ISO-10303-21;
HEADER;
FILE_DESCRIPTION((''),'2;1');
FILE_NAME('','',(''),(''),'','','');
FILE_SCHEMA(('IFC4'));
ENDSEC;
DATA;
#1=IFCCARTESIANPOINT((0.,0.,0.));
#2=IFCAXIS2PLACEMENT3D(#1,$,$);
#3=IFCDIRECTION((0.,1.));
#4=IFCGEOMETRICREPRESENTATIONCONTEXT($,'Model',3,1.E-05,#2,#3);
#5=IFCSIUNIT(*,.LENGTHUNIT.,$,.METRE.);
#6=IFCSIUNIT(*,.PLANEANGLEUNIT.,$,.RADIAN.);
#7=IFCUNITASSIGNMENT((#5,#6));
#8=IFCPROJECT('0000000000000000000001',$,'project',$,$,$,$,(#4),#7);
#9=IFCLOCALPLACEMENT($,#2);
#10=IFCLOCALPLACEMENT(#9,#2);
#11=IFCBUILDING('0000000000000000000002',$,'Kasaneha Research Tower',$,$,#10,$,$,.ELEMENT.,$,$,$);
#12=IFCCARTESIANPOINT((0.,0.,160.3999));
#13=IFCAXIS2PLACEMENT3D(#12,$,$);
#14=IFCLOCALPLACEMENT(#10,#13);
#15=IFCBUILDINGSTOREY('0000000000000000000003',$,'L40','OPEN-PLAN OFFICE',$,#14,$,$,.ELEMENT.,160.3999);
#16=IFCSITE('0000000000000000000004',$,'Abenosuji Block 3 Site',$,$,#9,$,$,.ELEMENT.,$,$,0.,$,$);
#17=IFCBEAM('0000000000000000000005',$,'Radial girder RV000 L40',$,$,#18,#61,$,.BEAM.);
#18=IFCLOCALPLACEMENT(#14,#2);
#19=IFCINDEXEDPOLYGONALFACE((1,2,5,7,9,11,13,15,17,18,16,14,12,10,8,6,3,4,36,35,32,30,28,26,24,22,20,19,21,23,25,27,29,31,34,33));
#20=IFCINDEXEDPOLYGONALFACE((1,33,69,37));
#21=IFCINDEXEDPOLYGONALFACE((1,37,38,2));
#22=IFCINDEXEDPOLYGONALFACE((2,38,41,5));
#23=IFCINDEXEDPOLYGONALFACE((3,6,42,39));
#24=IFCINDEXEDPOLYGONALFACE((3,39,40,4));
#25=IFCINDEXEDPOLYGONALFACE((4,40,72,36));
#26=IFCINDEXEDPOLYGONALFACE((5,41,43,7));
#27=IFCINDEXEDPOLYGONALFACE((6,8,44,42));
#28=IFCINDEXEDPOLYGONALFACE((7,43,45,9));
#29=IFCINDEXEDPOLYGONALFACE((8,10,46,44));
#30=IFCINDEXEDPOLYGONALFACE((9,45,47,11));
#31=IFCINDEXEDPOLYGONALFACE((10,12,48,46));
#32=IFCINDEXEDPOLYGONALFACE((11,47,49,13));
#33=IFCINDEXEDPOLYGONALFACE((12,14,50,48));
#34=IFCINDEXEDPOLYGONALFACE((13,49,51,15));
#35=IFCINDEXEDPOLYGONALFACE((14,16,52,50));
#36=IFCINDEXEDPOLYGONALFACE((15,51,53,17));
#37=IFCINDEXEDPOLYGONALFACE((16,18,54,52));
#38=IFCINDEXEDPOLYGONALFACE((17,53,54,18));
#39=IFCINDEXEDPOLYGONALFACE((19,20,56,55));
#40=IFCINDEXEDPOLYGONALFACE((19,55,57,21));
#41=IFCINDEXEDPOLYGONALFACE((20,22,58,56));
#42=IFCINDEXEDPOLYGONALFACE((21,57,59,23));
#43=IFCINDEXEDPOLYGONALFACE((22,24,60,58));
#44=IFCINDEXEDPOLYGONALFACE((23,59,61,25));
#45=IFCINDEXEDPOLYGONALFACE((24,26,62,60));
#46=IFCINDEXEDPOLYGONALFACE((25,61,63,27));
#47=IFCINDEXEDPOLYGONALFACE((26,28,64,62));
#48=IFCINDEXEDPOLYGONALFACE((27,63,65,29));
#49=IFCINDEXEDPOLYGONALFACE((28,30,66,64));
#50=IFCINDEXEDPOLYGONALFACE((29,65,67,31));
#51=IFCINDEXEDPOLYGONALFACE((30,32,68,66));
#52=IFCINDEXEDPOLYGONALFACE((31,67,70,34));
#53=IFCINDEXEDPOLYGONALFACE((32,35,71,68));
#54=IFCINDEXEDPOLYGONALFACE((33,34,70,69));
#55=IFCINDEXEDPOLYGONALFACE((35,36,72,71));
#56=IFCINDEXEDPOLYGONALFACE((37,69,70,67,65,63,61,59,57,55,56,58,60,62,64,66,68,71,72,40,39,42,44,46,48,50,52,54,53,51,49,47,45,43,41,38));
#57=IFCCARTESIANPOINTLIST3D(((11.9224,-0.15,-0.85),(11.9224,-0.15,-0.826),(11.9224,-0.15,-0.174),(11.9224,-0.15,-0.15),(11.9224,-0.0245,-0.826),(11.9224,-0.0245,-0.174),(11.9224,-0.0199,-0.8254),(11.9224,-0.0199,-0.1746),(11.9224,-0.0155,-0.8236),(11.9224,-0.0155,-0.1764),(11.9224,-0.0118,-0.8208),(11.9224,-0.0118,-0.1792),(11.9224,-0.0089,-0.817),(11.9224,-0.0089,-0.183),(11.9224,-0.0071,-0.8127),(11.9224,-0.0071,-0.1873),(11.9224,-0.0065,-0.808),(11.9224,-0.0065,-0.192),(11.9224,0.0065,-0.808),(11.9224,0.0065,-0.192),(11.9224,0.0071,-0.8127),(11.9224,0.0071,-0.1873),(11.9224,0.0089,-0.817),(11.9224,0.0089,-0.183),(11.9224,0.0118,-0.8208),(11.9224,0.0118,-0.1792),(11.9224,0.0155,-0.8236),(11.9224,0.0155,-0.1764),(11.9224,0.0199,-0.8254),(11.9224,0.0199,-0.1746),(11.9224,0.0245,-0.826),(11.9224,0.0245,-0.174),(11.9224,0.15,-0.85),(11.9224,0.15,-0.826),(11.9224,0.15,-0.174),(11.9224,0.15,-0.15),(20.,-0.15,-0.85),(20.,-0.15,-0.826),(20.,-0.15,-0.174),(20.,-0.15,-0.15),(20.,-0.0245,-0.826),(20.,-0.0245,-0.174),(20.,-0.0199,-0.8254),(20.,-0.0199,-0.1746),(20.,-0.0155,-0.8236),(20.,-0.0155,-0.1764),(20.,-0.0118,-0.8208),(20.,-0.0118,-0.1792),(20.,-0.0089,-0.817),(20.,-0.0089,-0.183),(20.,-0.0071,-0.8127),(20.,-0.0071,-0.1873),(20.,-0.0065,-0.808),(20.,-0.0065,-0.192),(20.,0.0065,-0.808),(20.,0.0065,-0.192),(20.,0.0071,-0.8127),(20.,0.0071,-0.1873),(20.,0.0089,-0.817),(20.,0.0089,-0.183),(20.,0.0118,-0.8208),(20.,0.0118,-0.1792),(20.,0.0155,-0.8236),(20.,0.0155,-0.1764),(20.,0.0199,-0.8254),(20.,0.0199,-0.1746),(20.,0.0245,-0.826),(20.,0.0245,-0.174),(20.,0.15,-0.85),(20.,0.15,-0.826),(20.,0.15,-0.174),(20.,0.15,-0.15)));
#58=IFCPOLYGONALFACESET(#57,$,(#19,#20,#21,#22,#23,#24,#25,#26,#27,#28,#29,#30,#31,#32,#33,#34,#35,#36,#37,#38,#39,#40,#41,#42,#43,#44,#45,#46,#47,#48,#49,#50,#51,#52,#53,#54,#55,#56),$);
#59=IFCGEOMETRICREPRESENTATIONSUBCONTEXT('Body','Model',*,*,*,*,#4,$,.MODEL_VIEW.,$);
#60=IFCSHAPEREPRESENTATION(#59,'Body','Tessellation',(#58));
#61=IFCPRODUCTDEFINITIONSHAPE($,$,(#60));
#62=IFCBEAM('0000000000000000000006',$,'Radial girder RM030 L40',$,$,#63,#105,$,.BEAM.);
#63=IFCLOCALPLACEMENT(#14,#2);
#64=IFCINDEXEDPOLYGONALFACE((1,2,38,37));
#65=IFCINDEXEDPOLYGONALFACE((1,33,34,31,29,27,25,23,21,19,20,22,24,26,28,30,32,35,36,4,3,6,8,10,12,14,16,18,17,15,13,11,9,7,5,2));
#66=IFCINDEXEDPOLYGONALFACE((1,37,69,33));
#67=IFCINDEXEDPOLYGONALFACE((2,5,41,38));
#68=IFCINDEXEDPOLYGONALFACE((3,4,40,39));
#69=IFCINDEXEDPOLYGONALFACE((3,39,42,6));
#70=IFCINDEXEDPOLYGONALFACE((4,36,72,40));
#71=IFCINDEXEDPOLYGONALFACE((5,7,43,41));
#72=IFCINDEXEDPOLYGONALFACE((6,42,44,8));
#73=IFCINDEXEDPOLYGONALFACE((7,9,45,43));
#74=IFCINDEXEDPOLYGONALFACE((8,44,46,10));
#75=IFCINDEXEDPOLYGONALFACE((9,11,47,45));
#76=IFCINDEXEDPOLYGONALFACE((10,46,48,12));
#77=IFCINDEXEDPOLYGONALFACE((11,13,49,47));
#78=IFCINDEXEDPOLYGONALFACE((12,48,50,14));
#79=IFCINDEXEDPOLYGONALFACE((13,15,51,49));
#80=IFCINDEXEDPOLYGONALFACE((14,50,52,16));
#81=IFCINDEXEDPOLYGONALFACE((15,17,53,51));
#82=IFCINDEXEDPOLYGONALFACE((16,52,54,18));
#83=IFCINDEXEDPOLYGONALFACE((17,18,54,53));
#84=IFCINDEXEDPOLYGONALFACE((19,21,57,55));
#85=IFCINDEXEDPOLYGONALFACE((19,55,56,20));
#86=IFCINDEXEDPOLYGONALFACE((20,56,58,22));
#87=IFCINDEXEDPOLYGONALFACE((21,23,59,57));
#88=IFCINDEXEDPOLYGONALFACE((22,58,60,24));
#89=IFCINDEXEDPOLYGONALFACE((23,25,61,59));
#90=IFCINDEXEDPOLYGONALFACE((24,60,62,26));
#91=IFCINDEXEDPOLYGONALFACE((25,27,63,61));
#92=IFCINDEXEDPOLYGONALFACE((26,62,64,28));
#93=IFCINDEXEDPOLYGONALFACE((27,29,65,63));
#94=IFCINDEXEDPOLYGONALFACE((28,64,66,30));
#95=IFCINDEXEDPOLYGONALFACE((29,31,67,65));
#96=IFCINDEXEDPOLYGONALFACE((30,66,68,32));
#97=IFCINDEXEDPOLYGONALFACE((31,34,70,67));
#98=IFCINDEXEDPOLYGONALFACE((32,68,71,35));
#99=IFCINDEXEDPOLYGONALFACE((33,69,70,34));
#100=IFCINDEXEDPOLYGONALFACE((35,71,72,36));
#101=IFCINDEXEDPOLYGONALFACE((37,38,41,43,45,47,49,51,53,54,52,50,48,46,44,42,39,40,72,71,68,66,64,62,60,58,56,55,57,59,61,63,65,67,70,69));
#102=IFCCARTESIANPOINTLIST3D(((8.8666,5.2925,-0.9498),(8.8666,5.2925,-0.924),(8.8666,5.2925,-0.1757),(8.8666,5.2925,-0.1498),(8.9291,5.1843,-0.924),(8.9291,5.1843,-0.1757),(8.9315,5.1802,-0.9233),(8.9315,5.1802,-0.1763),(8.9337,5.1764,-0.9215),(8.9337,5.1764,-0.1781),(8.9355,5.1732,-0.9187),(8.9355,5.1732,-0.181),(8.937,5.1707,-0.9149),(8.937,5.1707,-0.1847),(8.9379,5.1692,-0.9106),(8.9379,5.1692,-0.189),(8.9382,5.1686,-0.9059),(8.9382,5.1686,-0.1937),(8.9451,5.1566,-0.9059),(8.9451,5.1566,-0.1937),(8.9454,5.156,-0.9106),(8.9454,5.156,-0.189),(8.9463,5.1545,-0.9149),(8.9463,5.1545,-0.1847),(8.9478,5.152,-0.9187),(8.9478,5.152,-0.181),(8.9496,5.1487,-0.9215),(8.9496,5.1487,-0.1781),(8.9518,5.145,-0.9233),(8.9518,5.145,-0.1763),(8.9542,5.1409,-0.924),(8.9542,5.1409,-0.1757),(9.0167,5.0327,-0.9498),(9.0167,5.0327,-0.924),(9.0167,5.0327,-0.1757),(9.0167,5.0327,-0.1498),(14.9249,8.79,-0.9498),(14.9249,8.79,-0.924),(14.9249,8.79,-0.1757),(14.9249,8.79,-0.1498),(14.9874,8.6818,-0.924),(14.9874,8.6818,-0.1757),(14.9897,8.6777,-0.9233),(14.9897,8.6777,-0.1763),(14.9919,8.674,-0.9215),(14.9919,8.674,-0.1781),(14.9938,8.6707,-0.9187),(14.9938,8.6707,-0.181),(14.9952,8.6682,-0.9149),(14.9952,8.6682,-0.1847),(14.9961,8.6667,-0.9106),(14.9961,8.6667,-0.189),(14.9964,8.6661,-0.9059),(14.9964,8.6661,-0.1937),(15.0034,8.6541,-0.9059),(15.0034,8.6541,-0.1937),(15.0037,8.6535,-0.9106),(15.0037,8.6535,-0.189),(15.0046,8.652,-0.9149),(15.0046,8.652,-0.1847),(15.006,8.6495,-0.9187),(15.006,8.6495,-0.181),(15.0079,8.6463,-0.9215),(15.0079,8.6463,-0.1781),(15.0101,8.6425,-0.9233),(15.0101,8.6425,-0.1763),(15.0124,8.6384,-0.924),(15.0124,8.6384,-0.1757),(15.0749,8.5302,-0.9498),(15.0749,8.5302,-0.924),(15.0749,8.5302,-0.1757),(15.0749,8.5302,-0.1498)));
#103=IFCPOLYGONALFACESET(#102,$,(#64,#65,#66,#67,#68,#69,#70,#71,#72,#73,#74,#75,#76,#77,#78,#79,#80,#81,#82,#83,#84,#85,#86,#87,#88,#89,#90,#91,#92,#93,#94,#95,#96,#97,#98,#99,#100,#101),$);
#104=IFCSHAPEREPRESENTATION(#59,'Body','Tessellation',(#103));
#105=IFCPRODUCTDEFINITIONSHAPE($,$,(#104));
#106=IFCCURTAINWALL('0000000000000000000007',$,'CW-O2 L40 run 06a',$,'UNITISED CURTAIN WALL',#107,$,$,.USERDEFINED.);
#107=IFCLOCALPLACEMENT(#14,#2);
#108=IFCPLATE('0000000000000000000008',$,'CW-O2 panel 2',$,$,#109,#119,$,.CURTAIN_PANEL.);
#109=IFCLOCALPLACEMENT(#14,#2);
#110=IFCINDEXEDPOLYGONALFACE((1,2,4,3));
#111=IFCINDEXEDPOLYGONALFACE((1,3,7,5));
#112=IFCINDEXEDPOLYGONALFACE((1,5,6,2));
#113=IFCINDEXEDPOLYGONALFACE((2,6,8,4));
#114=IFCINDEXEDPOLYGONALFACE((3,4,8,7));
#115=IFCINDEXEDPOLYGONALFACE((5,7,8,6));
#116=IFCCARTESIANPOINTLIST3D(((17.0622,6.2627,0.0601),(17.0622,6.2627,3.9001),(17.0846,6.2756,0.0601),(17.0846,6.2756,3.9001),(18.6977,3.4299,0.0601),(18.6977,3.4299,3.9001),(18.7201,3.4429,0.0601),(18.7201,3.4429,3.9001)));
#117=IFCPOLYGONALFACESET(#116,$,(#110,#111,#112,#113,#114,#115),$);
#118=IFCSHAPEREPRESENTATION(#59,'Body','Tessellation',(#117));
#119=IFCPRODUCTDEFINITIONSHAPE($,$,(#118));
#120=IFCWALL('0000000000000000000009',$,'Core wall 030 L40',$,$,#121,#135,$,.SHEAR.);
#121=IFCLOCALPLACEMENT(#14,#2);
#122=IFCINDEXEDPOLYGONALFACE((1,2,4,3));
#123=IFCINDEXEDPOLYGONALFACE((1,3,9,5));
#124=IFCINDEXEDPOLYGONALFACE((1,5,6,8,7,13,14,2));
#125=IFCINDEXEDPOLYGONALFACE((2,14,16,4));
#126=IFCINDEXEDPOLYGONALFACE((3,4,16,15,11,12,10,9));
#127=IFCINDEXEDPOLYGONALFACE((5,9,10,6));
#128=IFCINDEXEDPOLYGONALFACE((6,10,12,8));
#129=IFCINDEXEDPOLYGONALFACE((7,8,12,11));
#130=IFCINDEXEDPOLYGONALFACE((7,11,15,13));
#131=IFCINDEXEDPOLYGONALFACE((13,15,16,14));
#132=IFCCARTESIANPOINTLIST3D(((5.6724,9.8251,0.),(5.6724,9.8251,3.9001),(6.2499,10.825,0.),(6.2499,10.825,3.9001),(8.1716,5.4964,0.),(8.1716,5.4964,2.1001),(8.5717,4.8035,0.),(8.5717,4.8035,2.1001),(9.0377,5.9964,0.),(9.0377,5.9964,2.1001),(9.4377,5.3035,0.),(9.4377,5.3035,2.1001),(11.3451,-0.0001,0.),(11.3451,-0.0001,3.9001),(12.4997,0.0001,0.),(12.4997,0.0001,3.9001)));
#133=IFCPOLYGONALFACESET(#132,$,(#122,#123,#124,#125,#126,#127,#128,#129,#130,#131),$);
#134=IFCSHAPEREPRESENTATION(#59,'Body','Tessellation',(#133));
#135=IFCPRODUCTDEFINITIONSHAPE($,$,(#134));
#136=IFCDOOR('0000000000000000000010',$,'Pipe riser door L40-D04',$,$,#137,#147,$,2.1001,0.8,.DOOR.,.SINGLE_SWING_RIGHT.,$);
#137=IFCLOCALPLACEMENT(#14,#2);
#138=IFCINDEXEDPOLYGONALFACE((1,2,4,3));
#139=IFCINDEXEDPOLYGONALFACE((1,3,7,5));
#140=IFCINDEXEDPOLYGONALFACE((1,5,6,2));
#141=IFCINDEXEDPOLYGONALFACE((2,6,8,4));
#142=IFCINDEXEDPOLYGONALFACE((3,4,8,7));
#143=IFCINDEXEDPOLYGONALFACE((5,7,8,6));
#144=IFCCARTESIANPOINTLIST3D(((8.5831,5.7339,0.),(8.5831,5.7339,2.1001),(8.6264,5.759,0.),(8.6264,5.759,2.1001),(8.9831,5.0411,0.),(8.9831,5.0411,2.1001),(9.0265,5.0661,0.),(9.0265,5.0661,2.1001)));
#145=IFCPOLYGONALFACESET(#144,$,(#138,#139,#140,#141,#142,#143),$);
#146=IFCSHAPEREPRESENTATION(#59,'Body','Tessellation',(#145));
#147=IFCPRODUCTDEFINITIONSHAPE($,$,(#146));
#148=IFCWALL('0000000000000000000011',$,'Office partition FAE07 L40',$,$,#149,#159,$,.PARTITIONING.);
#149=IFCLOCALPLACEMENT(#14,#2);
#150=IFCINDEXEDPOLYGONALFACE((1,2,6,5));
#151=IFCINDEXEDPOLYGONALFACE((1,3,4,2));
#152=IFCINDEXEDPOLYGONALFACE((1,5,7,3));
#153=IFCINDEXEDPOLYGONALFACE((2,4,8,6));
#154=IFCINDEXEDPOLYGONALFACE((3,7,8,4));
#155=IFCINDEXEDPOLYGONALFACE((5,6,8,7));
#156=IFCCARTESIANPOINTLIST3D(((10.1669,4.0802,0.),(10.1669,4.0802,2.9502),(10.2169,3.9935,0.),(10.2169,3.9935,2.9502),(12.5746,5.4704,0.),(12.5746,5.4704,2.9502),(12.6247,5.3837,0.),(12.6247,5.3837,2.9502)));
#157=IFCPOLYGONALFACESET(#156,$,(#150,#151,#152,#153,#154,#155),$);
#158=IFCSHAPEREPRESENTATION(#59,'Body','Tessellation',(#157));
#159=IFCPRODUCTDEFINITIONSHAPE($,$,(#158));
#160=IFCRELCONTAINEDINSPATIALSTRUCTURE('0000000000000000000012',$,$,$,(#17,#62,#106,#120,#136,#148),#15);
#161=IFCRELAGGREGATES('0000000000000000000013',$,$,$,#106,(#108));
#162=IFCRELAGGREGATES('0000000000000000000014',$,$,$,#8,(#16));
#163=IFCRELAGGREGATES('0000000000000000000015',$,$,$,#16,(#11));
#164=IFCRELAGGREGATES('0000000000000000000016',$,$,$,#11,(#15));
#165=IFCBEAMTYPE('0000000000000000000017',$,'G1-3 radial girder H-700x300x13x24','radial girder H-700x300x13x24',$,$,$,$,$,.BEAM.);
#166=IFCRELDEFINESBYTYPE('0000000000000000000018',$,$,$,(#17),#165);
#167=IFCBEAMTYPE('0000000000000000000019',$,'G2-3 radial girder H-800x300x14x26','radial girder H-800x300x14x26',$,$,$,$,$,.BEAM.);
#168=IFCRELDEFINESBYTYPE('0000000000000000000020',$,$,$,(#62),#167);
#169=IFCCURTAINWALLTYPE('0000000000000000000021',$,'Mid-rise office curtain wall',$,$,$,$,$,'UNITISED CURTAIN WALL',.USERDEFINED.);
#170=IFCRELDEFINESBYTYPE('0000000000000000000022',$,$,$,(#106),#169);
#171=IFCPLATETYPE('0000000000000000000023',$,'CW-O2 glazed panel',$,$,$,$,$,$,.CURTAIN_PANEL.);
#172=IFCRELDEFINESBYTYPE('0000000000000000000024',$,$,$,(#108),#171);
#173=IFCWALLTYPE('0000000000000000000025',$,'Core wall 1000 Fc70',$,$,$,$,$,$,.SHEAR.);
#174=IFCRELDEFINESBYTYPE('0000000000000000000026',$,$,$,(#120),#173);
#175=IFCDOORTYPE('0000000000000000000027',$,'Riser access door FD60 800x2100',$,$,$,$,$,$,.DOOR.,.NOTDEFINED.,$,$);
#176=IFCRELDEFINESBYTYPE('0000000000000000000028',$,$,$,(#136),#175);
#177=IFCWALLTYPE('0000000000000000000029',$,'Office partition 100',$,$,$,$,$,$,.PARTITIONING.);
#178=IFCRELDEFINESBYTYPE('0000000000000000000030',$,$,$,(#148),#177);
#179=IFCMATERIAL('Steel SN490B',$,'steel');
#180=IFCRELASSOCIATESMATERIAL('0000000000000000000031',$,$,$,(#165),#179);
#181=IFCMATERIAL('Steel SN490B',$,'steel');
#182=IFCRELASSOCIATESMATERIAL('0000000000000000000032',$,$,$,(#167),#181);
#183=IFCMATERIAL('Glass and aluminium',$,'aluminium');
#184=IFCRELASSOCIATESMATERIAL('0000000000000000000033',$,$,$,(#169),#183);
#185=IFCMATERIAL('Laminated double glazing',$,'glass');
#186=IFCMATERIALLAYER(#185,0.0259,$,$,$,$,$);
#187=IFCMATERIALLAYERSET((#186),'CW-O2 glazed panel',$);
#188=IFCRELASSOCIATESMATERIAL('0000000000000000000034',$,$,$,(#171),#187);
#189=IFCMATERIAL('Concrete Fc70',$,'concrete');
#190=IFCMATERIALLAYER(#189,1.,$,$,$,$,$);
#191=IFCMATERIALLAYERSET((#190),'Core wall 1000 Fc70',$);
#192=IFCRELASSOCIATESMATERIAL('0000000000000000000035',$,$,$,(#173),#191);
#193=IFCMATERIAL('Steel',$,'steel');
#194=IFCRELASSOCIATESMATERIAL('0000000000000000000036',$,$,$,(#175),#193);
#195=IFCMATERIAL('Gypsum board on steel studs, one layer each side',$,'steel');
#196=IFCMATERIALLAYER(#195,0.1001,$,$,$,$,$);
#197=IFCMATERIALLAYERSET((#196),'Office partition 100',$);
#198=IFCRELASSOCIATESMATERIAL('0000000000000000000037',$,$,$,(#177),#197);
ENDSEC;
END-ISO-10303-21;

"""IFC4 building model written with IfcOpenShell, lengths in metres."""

from ifc_helpers import new_model, si_unit, direction, frame, frame_2d, origin, origin_2d, place, context, subcontext, project, spatial, polyline, rectangle, i_section, outline, extrude, material, layer, layer_set, material_profile, profile_set, type_object, element, fill, aggregate, save


model = new_model("IFC4")

# Units and contexts
model_context = context("Model", 3, precision=1e-05, world=origin(), true_north=direction((0.0, 1.0)))
body_context = subcontext(model_context, "Body", "Model", "MODEL_VIEW")
ifc_project = project(units=[si_unit("LENGTHUNIT", "METRE"), si_unit("PLANEANGLEUNIT", "RADIAN")], contexts=[model_context])

# Site, building, storey
site_placement = place(None, origin())
site = spatial("IfcSite", under=ifc_project, at=site_placement, Name="Abenosuji Block 3 Site", CompositionType="ELEMENT", RefElevation=0.0)
building_placement = place(site_placement, origin())
building = spatial("IfcBuilding", under=site, at=building_placement, Name="Kasaneha Research Tower", CompositionType="ELEMENT")
storey_placement = place(building_placement, frame((0.0, 0.0, 160.3999)))
storey = spatial("IfcBuildingStorey", under=building, at=storey_placement, Name="L40", Description="OPEN-PLAN OFFICE", CompositionType="ELEMENT", Elevation=160.3999)

# Beams
ifc_material_1 = material(Name="Steel SN490B", Category="steel")
ifc_material_profile_1 = material_profile(ifc_material_1, i_section(OverallWidth=0.3, OverallDepth=0.7, WebThickness=0.0129, FlangeThickness=0.0239, FilletRadius=0.0181, at=origin_2d()), Name="H-700x300x13x24")
ifc_profile_set_1 = profile_set([ifc_material_profile_1], Name="Steel SN490B")
beam_type_1 = type_object("IfcBeamType", Name="G1-3 radial girder H-700x300x13x24", Description="radial girder H-700x300x13x24", PredefinedType="BEAM", material=ifc_profile_set_1)
beam_1_placement = place(storey_placement, frame((11.9224, 0.0, -0.5), z_axis=(1.0, 0.0, 0.0), x_axis=(0.0, 1.0, 0.0)))
element("IfcBeam", 1, at=beam_1_placement, inside=storey, type_object=beam_type_1, Name="Radial girder RV000 L40", PredefinedType="BEAM", context=body_context, shape_type="SweptSolid", body=[
    extrude(i_section(OverallWidth=0.3, OverallDepth=0.7, WebThickness=0.0129, FlangeThickness=0.0239, FilletRadius=0.0181, at=origin_2d()), origin(), (0.0, 0.0, 1.0), 8.0776),
])
ifc_material_2 = material(Name="Steel SN490B", Category="steel")
ifc_material_profile_2 = material_profile(ifc_material_2, i_section(OverallWidth=0.3, OverallDepth=0.8, WebThickness=0.0139, FlangeThickness=0.0259, FilletRadius=0.0181, at=origin_2d()), Name="H-800x300x14x26")
ifc_profile_set_2 = profile_set([ifc_material_profile_2], Name="Steel SN490B")
beam_type_2 = type_object("IfcBeamType", Name="G2-3 radial girder H-800x300x14x26", Description="radial girder H-800x300x14x26", PredefinedType="BEAM", material=ifc_profile_set_2)
beam_2_placement = place(storey_placement, frame((8.9417, 5.1626, -0.5498), z_axis=(0.86604, 0.499975, 0.0), x_axis=(-0.499975, 0.86604, 0.0)))
element("IfcBeam", 2, at=beam_2_placement, inside=storey, type_object=beam_type_2, Name="Radial girder RM030 L40", PredefinedType="BEAM", context=body_context, shape_type="SweptSolid", body=[
    extrude(i_section(OverallWidth=0.3, OverallDepth=0.8, WebThickness=0.0139, FlangeThickness=0.0259, FilletRadius=0.0181, at=origin_2d()), origin(), (0.0, 0.0, 1.0), 6.9954),
])

# Curtain wall, plate
ifc_material_3 = material(Name="Glass and aluminium", Category="aluminium")
curtain_wall_type = type_object("IfcCurtainWallType", Name="Mid-rise office curtain wall", ElementType="UNITISED CURTAIN WALL", PredefinedType="USERDEFINED", material=ifc_material_3)
curtain_wall_placement = place(storey_placement, origin())
curtain_wall = element("IfcCurtainWall", 3, at=curtain_wall_placement, inside=storey, type_object=curtain_wall_type, Name="CW-O2 L40 run 06a", ObjectType="UNITISED CURTAIN WALL", PredefinedType="USERDEFINED")
ifc_material_4 = material(Name="Laminated double glazing", Category="glass")
ifc_layer_1 = layer(ifc_material_4, 0.0259)
ifc_layer_set_1 = layer_set([ifc_layer_1], Name="CW-O2 glazed panel")
plate_type = type_object("IfcPlateType", Name="CW-O2 glazed panel", PredefinedType="CURTAIN_PANEL", material=ifc_layer_set_1)
plate_placement = place(storey_placement, frame((17.8911, 4.8528, 0.0601), z_axis=(0.0, 0.0, 1.0), x_axis=(-0.5, 0.866025, 0.0)))
plate = element("IfcPlate", 4, at=plate_placement, type_object=plate_type, Name="CW-O2 panel 2", PredefinedType="CURTAIN_PANEL", context=body_context, shape_type="SweptSolid", body=[
    extrude(rectangle(XDim=3.271, YDim=0.0259, at=origin_2d()), origin(), (0.0, 0.0, 1.0), 3.8401),
])
aggregate(curtain_wall, [plate])

# Wall, opening, door
ifc_material_5 = material(Name="Concrete Fc70", Category="concrete")
ifc_layer_2 = layer(ifc_material_5, 1.0)
ifc_layer_set_2 = layer_set([ifc_layer_2], Name="Core wall 1000 Fc70")
wall_type_1 = type_object("IfcWallType", Name="Core wall 1000 Fc70", PredefinedType="SHEAR", material=ifc_layer_set_2)
wall_1_placement = place(storey_placement, frame((11.9224, 0.0, 0.0), z_axis=(0.0, 0.0, 1.0), x_axis=(-0.500004, 0.866023, 0.0)))
wall_1 = element("IfcWall", 5, at=wall_1_placement, inside=storey, type_object=wall_type_1, Name="Core wall 030 L40", PredefinedType="SHEAR", context=body_context, shape_type="SweptSolid", body=[
    extrude(outline(polyline([(-0.2886, -0.5), (5.8354, -0.5), (6.6355, -0.5), (12.2109, -0.5), (11.6338, 0.5), (6.6355, 0.5), (5.8354, 0.5), (0.2886, 0.5), (-0.2886, -0.5)])), origin(), (0.0, 0.0, 1.0), 3.9001),
])
opening_1_placement = place(wall_1_placement, frame((5.8354, 0.0, 0.0)))
opening_1 = element("IfcOpeningElement", 6, at=opening_1_placement, cuts=wall_1, PredefinedType="OPENING", context=body_context, shape_type="SweptSolid", body=[
    extrude(rectangle(XDim=0.8, YDim=2.1001, at=frame_2d((0.3999, 1.05))), frame((0.0, 0.51, 0.0), z_axis=(0.0, -1.0, 0.0), x_axis=(1.0, 0.0, 0.0)), (0.0, 0.0, 1.0), 1.02),
])
ifc_material_6 = material(Name="Steel", Category="steel")
door_type_1 = type_object("IfcDoorType", Name="Riser access door FD60 800x2100", OperationType="NOTDEFINED", PredefinedType="DOOR", material=ifc_material_6)
door_1_placement = place(opening_1_placement, origin())
door_1 = element("IfcDoor", 7, at=door_1_placement, inside=storey, type_object=door_type_1, Name="Pipe riser door L40-D04", OperationType="SINGLE_SWING_RIGHT", OverallHeight=2.1001, OverallWidth=0.8, PredefinedType="DOOR", context=body_context, shape_type="SweptSolid", body=[
    extrude(rectangle(XDim=0.8, YDim=2.1001, at=frame_2d((0.3999, 1.05))), frame((0.0, 0.0249, 0.0), z_axis=(0.0, -1.0, 0.0), x_axis=(1.0, 0.0, 0.0)), (0.0, 0.0, 1.0), 0.05),
])
fill(opening_1, door_1)

# Wall
ifc_material_7 = material(Name="Gypsum board on steel studs, one layer each side", Category="steel")
ifc_layer_3 = layer(ifc_material_7, 0.1001)
ifc_layer_set_3 = layer_set([ifc_layer_3], Name="Office partition 100")
wall_type_2 = type_object("IfcWallType", Name="Office partition 100", PredefinedType="PARTITIONING", material=ifc_layer_set_3)
wall_2_placement = place(storey_placement, frame((10.1919, 4.0369, 0.0), z_axis=(0.0, 0.0, 1.0), x_axis=(0.866019, 0.500011, 0.0)))
element("IfcWall", 8, at=wall_2_placement, inside=storey, type_object=wall_type_2, Name="Office partition FAE07 L40", PredefinedType="PARTITIONING", context=body_context, shape_type="SweptSolid", body=[
    extrude(rectangle(XDim=2.7803, YDim=0.1001, at=frame_2d((1.3901, 0.0))), origin(), (0.0, 0.0, 1.0), 2.9502),
])

save(model, "model.ifc")
